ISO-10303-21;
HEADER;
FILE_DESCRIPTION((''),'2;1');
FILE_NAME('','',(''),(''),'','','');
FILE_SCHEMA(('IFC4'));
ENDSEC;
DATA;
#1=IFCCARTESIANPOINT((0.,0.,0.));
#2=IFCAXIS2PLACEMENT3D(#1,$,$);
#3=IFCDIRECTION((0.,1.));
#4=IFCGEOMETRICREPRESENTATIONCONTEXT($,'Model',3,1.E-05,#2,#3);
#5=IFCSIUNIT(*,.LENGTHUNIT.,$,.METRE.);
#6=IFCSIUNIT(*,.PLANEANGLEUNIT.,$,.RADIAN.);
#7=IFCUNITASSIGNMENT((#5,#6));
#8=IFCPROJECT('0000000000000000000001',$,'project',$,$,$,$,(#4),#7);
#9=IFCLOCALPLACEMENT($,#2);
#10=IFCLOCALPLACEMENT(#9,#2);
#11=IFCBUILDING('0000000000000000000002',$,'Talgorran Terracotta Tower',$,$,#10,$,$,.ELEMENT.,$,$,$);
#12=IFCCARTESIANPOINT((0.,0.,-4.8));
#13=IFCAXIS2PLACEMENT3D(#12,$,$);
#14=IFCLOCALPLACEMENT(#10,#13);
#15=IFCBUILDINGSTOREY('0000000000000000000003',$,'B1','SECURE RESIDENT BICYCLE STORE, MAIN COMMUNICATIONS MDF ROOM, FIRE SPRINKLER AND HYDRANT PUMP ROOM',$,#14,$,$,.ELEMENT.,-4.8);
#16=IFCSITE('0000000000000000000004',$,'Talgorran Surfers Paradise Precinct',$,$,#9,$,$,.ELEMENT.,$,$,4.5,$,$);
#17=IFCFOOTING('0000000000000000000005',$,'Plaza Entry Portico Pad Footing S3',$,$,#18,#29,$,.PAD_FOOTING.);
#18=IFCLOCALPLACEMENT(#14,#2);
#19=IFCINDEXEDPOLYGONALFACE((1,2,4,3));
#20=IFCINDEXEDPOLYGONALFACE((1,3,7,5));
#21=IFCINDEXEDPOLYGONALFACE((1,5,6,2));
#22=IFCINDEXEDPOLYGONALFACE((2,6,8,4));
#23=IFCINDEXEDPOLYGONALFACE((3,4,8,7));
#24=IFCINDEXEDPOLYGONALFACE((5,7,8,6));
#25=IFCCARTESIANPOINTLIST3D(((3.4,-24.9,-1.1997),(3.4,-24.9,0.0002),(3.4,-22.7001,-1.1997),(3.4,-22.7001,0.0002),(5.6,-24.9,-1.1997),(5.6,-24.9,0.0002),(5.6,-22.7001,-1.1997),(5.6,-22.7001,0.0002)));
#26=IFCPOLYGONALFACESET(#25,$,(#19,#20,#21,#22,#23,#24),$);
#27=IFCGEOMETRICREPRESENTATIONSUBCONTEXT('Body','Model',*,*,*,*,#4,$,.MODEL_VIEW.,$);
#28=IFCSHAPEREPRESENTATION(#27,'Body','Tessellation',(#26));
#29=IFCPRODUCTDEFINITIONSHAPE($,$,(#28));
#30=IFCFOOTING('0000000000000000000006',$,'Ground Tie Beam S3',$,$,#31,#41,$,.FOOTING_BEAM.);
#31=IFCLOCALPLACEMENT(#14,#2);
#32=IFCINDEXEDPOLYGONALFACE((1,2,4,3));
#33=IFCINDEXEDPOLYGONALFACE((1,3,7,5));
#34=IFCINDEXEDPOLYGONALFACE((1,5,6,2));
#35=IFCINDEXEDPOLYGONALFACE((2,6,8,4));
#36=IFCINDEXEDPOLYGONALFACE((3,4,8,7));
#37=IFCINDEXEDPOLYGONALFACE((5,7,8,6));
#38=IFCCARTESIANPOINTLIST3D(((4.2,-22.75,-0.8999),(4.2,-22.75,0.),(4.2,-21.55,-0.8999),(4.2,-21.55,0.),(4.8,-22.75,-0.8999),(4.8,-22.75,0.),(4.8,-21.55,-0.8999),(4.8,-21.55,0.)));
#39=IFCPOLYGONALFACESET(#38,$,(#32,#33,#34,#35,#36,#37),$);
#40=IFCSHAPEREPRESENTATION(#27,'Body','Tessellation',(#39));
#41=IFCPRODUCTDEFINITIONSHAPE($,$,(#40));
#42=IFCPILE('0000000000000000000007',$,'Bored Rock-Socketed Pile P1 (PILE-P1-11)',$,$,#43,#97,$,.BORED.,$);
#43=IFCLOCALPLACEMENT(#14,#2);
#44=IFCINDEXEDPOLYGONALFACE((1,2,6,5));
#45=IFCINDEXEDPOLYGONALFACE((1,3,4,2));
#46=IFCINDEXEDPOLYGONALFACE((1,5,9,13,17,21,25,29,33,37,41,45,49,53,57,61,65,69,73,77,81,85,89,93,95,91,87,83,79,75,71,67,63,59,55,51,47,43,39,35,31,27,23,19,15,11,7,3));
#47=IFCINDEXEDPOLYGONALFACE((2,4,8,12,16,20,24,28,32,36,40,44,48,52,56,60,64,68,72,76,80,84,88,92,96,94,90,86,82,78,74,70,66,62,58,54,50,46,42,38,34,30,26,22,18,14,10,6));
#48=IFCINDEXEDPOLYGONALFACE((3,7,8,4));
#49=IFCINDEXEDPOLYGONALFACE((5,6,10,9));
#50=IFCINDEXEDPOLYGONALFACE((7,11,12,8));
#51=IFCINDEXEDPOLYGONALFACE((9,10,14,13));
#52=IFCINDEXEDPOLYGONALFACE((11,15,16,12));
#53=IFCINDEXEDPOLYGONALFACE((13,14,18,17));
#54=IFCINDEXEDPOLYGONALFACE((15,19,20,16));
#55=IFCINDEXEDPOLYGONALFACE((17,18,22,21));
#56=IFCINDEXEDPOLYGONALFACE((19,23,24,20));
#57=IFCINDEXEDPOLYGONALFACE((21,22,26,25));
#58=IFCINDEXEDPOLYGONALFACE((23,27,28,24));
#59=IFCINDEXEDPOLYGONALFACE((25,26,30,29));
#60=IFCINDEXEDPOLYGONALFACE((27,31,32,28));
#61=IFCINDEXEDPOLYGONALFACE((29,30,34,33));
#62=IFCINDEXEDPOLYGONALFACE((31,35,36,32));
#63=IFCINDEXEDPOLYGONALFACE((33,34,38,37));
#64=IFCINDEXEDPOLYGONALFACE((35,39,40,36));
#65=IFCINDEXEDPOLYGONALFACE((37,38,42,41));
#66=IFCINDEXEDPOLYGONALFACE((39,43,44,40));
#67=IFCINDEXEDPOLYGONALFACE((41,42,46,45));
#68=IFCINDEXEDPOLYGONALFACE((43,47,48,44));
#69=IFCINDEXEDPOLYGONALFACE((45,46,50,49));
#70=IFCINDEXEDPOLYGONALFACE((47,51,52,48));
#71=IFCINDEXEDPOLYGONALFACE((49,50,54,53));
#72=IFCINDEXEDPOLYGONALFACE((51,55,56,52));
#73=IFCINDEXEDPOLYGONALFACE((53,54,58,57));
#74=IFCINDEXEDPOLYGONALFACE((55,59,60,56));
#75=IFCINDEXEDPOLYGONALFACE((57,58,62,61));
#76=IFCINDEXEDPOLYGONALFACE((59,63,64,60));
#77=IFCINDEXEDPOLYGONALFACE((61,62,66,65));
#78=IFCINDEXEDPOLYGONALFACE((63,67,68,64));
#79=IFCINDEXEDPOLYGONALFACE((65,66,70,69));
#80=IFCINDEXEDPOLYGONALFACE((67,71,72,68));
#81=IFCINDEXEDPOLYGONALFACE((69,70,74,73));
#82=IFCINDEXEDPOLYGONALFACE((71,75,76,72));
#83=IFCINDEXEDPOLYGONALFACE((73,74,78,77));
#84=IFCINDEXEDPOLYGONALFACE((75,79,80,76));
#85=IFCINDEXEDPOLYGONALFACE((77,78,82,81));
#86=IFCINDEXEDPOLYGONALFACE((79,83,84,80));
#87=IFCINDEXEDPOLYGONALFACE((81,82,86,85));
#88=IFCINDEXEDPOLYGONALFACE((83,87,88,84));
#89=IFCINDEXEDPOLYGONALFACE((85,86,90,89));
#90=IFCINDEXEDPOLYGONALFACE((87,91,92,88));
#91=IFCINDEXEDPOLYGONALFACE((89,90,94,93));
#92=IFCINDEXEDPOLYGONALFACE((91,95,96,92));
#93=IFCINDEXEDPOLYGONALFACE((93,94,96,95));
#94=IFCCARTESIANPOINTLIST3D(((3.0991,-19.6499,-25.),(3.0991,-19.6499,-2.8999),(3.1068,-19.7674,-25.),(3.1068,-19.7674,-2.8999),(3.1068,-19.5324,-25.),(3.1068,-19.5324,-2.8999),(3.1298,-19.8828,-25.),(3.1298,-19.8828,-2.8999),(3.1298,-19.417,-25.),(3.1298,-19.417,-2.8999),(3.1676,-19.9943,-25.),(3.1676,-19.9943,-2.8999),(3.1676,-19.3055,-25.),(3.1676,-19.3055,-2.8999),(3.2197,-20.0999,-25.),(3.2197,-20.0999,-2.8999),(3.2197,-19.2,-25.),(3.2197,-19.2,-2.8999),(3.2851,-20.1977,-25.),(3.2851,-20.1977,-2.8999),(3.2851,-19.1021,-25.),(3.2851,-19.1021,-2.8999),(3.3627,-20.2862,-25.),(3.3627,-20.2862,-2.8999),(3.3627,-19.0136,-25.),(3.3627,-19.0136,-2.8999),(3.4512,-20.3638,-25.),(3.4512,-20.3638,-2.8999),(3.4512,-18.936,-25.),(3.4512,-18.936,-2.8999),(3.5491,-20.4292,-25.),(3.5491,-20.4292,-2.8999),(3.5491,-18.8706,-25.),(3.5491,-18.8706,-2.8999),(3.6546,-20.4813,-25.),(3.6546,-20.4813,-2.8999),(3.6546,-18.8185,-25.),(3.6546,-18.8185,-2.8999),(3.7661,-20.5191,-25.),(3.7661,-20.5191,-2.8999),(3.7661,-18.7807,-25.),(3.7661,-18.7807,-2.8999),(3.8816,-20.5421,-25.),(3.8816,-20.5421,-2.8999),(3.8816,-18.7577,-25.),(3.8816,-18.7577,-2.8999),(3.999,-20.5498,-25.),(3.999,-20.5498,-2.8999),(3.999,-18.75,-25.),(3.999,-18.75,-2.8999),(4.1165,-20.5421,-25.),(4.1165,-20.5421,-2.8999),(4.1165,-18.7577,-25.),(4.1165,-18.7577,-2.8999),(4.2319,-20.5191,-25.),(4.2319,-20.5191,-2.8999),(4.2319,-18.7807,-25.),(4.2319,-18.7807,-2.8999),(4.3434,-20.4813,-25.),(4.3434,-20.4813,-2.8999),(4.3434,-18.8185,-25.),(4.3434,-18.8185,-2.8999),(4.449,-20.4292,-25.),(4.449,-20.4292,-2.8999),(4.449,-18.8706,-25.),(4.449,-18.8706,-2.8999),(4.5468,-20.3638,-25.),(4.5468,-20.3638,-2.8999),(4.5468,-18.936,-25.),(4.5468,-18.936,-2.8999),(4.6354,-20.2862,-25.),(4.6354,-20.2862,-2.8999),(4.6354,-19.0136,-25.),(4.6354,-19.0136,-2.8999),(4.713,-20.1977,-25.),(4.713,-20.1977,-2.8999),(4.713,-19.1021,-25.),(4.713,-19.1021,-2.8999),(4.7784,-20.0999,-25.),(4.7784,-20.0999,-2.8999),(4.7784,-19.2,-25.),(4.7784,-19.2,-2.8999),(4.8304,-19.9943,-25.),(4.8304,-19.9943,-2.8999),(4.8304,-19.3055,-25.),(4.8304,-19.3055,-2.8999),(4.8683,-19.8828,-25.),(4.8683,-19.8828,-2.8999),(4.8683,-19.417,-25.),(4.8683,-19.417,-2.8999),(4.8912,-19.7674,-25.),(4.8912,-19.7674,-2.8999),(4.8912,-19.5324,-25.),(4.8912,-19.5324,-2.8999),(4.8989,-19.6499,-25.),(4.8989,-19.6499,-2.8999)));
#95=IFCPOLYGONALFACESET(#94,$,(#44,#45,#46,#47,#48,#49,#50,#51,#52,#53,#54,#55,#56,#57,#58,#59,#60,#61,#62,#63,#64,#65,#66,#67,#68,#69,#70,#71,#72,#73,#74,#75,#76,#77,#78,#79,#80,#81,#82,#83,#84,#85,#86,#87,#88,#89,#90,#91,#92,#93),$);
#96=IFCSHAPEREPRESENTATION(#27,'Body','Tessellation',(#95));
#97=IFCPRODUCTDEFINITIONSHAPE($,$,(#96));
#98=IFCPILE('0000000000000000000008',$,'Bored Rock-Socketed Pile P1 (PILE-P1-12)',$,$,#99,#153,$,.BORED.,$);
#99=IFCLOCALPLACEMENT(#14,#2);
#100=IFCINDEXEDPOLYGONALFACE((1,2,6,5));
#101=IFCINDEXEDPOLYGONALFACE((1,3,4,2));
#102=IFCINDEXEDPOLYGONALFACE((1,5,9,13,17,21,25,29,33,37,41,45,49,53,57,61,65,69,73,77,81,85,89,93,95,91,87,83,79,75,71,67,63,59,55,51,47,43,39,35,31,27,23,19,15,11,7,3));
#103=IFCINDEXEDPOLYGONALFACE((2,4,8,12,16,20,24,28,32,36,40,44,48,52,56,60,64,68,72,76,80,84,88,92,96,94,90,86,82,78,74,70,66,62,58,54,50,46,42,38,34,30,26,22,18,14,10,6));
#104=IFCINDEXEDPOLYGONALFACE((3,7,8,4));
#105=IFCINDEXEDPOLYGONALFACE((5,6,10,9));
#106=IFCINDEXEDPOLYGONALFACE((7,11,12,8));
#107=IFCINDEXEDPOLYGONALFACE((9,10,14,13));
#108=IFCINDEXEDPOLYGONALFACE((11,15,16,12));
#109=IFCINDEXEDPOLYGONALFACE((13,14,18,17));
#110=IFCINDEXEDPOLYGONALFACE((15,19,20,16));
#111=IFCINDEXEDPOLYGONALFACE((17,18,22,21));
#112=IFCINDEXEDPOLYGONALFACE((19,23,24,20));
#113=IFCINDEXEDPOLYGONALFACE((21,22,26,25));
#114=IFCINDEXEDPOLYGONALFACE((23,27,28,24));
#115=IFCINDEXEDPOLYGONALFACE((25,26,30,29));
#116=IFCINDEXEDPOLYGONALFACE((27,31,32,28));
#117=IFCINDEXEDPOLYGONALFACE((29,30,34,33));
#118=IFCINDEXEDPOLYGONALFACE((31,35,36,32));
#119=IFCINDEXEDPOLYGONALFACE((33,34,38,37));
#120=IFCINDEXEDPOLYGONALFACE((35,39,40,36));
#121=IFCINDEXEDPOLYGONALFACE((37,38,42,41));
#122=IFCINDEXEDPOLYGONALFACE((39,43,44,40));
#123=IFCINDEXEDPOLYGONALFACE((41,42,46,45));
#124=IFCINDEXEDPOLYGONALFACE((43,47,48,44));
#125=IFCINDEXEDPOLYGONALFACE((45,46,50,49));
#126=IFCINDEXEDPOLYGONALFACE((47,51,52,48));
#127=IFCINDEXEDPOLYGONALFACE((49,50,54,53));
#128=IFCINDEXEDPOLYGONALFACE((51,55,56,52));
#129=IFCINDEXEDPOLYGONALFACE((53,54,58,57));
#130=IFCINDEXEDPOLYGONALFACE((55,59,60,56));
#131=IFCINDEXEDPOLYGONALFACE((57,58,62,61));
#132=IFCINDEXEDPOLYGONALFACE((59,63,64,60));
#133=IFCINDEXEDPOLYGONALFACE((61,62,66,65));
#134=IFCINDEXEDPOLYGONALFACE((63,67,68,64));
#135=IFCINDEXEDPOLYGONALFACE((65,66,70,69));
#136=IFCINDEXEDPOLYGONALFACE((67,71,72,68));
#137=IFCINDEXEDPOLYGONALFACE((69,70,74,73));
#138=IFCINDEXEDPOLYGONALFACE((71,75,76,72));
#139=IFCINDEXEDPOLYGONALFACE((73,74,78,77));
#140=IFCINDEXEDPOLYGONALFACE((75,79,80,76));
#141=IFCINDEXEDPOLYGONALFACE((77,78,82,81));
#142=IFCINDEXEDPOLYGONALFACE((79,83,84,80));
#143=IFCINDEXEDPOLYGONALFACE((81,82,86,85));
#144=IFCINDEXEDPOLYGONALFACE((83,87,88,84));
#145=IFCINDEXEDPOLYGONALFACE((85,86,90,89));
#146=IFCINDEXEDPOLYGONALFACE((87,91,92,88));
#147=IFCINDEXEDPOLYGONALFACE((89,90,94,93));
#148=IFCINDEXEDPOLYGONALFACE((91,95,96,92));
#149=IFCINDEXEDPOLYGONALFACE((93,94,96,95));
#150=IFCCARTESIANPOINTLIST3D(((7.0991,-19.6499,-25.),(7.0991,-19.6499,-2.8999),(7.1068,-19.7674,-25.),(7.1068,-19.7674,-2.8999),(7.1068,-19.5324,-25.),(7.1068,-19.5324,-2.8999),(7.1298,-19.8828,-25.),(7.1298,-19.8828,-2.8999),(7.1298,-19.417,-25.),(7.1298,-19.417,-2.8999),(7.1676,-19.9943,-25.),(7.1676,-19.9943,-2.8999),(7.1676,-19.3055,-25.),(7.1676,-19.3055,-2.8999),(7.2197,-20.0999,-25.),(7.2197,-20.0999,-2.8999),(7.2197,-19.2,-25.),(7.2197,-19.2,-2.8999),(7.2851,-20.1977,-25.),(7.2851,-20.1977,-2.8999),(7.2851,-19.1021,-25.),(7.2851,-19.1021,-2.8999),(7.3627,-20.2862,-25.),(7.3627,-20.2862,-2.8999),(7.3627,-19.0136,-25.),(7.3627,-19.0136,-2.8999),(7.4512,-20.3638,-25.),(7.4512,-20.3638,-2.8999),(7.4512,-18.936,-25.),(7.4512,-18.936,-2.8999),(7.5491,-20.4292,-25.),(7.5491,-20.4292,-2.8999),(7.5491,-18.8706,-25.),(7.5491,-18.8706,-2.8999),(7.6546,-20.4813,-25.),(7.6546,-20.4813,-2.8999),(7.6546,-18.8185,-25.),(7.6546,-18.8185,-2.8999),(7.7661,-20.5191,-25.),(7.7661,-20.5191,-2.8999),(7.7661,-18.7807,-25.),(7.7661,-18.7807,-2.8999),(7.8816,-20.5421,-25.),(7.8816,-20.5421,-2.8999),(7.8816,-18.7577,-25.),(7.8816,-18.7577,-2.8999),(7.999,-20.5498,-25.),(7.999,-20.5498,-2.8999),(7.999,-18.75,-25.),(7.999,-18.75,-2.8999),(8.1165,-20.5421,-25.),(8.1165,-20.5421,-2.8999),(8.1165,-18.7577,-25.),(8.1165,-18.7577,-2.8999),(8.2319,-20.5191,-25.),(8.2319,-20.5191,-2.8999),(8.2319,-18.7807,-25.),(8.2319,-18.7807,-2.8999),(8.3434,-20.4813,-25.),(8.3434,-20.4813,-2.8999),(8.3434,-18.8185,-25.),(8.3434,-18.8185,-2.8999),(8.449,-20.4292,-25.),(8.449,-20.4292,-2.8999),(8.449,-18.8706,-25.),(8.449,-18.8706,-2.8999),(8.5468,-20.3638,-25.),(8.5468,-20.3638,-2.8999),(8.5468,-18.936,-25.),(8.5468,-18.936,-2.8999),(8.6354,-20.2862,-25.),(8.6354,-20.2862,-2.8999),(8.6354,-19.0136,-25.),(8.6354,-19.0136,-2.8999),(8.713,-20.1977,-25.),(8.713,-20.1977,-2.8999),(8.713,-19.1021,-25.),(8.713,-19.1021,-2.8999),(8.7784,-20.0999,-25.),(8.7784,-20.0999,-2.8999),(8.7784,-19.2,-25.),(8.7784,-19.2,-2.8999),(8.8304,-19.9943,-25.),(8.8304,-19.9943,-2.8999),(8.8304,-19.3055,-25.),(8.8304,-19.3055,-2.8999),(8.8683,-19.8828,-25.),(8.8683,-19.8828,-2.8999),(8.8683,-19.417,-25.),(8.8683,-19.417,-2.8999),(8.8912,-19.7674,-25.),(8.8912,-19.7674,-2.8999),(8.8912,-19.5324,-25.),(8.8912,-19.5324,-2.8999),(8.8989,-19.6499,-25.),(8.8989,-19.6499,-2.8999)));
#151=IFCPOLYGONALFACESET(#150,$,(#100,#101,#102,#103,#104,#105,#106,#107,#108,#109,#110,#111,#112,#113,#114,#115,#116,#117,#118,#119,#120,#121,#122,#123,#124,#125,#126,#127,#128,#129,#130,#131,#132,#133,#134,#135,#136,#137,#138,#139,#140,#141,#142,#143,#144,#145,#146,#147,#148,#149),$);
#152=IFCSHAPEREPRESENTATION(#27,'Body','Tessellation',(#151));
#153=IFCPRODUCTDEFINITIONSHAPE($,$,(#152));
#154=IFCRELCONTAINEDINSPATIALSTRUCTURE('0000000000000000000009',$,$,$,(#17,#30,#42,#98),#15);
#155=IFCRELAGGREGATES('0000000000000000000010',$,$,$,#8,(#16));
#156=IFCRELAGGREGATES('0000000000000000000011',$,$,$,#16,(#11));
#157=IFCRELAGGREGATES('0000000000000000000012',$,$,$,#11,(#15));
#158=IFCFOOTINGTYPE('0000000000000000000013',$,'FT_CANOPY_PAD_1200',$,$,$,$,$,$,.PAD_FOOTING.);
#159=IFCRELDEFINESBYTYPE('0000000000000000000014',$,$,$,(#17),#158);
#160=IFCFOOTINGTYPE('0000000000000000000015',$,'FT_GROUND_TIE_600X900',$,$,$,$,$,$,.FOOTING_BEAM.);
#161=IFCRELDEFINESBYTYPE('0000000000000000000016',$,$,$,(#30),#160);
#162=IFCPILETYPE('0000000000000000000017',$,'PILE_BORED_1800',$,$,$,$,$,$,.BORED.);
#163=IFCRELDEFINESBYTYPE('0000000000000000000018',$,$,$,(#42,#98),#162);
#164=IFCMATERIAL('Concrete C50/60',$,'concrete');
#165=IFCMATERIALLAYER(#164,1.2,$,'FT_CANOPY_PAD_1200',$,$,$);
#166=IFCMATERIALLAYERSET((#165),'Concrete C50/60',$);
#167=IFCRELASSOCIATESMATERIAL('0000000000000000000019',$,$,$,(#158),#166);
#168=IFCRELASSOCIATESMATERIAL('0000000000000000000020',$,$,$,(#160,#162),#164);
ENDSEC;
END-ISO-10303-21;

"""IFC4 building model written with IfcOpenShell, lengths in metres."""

from ifc_helpers import new_model, si_unit, direction, frame, origin, origin_2d, place, context, subcontext, project, spatial, rectangle, circle, extrude, material, layer, layer_set, material_profile, profile_set, type_object, element, save


model = new_model("IFC4")

# Units and contexts
model_context = context("Model", 3, precision=1e-05, world=origin(), true_north=direction((0.0, 1.0)))
body_context = subcontext(model_context, "Body", "Model", "MODEL_VIEW")
ifc_project = project(units=[si_unit("LENGTHUNIT", "METRE"), si_unit("PLANEANGLEUNIT", "RADIAN")], contexts=[model_context])

# Site, building, storey
site_placement = place(None, origin())
site = spatial("IfcSite", under=ifc_project, at=site_placement, Name="Talgorran Surfers Paradise Precinct", CompositionType="ELEMENT", RefElevation=4.5)
building_placement = place(site_placement, origin())
building = spatial("IfcBuilding", under=site, at=building_placement, Name="Talgorran Terracotta Tower", CompositionType="ELEMENT")
storey_placement = place(building_placement, frame((0.0, 0.0, -4.8)))
storey = spatial("IfcBuildingStorey", under=building, at=storey_placement, Name="B1", Description="SECURE RESIDENT BICYCLE STORE, MAIN COMMUNICATIONS MDF ROOM, FIRE SPRINKLER AND HYDRANT PUMP ROOM", CompositionType="ELEMENT", Elevation=-4.8)

# Footings
ifc_material_1 = material(Name="Concrete C50/60", Category="concrete")
ifc_layer_1 = layer(ifc_material_1, 1.2, Name="FT_CANOPY_PAD_1200")
ifc_layer_set_1 = layer_set([ifc_layer_1], Name="Concrete C50/60")
footing_type_1 = type_object("IfcFootingType", Name="FT_CANOPY_PAD_1200", PredefinedType="PAD_FOOTING", material=ifc_layer_set_1)
footing_1_placement = place(storey_placement, frame((4.5, -23.8, -1.1997), z_axis=(0.0, 0.0, 1.0), x_axis=(1.0, 0.0, 0.0)))
element("IfcFooting", 1, at=footing_1_placement, inside=storey, type_object=footing_type_1, Name="Plaza Entry Portico Pad Footing S3", PredefinedType="PAD_FOOTING", context=body_context, shape_type="SweptSolid", body=[
    extrude(rectangle(XDim=2.2, YDim=2.2, at=origin_2d()), origin(), (0.0, 0.0, 1.0), 1.2),
])
ifc_material_profile_1 = material_profile(ifc_material_1, rectangle(XDim=0.6001, YDim=0.8999, at=origin_2d()), Name="GB600X900")
ifc_profile_set_1 = profile_set([ifc_material_profile_1], Name="Concrete C50/60")
footing_type_2 = type_object("IfcFootingType", Name="FT_GROUND_TIE_600X900", PredefinedType="FOOTING_BEAM", material=ifc_profile_set_1)
footing_2_placement = place(storey_placement, frame((4.5, -22.75, -0.45), z_axis=(0.0, 1.0, 0.0), x_axis=(-1.0, 0.0, 0.0)))
element("IfcFooting", 2, at=footing_2_placement, inside=storey, type_object=footing_type_2, Name="Ground Tie Beam S3", PredefinedType="FOOTING_BEAM", context=body_context, shape_type="SweptSolid", body=[
    extrude(rectangle(XDim=0.6001, YDim=0.8999, at=origin_2d()), origin(), (0.0, 0.0, 1.0), 1.2),
])

# Piles
ifc_material_profile_2 = material_profile(ifc_material_1, circle(Radius=0.8999, at=origin_2d()), Name="PILE1800")
ifc_profile_set_2 = profile_set([ifc_material_profile_2], Name="Concrete C50/60")
pile_type = type_object("IfcPileType", Name="PILE_BORED_1800", PredefinedType="BORED", material=ifc_profile_set_2)
for number, where, z_axis, x_axis, name in (
    (3, (3.999, -19.6499, -2.8999), (0.0, 0.0, -1.0), (1.0, 0.0, 0.0), "Bored Rock-Socketed Pile P1 (PILE-P1-11)"),
    (4, (7.999, -19.6499, -2.8999), (0.0, 0.0, -1.0), (1.0, 0.0, 0.0), "Bored Rock-Socketed Pile P1 (PILE-P1-12)"),
):
    element("IfcPile", number, at=place(storey_placement, frame(where, z_axis=z_axis, x_axis=x_axis)), inside=storey, type_object=pile_type, Name=name, PredefinedType="BORED", context=body_context, shape_type="SweptSolid", body=[
        extrude(circle(Radius=0.8999, at=origin_2d()), origin(), (0.0, 0.0, 1.0), 22.1001),
    ])

save(model, "model.ifc")
